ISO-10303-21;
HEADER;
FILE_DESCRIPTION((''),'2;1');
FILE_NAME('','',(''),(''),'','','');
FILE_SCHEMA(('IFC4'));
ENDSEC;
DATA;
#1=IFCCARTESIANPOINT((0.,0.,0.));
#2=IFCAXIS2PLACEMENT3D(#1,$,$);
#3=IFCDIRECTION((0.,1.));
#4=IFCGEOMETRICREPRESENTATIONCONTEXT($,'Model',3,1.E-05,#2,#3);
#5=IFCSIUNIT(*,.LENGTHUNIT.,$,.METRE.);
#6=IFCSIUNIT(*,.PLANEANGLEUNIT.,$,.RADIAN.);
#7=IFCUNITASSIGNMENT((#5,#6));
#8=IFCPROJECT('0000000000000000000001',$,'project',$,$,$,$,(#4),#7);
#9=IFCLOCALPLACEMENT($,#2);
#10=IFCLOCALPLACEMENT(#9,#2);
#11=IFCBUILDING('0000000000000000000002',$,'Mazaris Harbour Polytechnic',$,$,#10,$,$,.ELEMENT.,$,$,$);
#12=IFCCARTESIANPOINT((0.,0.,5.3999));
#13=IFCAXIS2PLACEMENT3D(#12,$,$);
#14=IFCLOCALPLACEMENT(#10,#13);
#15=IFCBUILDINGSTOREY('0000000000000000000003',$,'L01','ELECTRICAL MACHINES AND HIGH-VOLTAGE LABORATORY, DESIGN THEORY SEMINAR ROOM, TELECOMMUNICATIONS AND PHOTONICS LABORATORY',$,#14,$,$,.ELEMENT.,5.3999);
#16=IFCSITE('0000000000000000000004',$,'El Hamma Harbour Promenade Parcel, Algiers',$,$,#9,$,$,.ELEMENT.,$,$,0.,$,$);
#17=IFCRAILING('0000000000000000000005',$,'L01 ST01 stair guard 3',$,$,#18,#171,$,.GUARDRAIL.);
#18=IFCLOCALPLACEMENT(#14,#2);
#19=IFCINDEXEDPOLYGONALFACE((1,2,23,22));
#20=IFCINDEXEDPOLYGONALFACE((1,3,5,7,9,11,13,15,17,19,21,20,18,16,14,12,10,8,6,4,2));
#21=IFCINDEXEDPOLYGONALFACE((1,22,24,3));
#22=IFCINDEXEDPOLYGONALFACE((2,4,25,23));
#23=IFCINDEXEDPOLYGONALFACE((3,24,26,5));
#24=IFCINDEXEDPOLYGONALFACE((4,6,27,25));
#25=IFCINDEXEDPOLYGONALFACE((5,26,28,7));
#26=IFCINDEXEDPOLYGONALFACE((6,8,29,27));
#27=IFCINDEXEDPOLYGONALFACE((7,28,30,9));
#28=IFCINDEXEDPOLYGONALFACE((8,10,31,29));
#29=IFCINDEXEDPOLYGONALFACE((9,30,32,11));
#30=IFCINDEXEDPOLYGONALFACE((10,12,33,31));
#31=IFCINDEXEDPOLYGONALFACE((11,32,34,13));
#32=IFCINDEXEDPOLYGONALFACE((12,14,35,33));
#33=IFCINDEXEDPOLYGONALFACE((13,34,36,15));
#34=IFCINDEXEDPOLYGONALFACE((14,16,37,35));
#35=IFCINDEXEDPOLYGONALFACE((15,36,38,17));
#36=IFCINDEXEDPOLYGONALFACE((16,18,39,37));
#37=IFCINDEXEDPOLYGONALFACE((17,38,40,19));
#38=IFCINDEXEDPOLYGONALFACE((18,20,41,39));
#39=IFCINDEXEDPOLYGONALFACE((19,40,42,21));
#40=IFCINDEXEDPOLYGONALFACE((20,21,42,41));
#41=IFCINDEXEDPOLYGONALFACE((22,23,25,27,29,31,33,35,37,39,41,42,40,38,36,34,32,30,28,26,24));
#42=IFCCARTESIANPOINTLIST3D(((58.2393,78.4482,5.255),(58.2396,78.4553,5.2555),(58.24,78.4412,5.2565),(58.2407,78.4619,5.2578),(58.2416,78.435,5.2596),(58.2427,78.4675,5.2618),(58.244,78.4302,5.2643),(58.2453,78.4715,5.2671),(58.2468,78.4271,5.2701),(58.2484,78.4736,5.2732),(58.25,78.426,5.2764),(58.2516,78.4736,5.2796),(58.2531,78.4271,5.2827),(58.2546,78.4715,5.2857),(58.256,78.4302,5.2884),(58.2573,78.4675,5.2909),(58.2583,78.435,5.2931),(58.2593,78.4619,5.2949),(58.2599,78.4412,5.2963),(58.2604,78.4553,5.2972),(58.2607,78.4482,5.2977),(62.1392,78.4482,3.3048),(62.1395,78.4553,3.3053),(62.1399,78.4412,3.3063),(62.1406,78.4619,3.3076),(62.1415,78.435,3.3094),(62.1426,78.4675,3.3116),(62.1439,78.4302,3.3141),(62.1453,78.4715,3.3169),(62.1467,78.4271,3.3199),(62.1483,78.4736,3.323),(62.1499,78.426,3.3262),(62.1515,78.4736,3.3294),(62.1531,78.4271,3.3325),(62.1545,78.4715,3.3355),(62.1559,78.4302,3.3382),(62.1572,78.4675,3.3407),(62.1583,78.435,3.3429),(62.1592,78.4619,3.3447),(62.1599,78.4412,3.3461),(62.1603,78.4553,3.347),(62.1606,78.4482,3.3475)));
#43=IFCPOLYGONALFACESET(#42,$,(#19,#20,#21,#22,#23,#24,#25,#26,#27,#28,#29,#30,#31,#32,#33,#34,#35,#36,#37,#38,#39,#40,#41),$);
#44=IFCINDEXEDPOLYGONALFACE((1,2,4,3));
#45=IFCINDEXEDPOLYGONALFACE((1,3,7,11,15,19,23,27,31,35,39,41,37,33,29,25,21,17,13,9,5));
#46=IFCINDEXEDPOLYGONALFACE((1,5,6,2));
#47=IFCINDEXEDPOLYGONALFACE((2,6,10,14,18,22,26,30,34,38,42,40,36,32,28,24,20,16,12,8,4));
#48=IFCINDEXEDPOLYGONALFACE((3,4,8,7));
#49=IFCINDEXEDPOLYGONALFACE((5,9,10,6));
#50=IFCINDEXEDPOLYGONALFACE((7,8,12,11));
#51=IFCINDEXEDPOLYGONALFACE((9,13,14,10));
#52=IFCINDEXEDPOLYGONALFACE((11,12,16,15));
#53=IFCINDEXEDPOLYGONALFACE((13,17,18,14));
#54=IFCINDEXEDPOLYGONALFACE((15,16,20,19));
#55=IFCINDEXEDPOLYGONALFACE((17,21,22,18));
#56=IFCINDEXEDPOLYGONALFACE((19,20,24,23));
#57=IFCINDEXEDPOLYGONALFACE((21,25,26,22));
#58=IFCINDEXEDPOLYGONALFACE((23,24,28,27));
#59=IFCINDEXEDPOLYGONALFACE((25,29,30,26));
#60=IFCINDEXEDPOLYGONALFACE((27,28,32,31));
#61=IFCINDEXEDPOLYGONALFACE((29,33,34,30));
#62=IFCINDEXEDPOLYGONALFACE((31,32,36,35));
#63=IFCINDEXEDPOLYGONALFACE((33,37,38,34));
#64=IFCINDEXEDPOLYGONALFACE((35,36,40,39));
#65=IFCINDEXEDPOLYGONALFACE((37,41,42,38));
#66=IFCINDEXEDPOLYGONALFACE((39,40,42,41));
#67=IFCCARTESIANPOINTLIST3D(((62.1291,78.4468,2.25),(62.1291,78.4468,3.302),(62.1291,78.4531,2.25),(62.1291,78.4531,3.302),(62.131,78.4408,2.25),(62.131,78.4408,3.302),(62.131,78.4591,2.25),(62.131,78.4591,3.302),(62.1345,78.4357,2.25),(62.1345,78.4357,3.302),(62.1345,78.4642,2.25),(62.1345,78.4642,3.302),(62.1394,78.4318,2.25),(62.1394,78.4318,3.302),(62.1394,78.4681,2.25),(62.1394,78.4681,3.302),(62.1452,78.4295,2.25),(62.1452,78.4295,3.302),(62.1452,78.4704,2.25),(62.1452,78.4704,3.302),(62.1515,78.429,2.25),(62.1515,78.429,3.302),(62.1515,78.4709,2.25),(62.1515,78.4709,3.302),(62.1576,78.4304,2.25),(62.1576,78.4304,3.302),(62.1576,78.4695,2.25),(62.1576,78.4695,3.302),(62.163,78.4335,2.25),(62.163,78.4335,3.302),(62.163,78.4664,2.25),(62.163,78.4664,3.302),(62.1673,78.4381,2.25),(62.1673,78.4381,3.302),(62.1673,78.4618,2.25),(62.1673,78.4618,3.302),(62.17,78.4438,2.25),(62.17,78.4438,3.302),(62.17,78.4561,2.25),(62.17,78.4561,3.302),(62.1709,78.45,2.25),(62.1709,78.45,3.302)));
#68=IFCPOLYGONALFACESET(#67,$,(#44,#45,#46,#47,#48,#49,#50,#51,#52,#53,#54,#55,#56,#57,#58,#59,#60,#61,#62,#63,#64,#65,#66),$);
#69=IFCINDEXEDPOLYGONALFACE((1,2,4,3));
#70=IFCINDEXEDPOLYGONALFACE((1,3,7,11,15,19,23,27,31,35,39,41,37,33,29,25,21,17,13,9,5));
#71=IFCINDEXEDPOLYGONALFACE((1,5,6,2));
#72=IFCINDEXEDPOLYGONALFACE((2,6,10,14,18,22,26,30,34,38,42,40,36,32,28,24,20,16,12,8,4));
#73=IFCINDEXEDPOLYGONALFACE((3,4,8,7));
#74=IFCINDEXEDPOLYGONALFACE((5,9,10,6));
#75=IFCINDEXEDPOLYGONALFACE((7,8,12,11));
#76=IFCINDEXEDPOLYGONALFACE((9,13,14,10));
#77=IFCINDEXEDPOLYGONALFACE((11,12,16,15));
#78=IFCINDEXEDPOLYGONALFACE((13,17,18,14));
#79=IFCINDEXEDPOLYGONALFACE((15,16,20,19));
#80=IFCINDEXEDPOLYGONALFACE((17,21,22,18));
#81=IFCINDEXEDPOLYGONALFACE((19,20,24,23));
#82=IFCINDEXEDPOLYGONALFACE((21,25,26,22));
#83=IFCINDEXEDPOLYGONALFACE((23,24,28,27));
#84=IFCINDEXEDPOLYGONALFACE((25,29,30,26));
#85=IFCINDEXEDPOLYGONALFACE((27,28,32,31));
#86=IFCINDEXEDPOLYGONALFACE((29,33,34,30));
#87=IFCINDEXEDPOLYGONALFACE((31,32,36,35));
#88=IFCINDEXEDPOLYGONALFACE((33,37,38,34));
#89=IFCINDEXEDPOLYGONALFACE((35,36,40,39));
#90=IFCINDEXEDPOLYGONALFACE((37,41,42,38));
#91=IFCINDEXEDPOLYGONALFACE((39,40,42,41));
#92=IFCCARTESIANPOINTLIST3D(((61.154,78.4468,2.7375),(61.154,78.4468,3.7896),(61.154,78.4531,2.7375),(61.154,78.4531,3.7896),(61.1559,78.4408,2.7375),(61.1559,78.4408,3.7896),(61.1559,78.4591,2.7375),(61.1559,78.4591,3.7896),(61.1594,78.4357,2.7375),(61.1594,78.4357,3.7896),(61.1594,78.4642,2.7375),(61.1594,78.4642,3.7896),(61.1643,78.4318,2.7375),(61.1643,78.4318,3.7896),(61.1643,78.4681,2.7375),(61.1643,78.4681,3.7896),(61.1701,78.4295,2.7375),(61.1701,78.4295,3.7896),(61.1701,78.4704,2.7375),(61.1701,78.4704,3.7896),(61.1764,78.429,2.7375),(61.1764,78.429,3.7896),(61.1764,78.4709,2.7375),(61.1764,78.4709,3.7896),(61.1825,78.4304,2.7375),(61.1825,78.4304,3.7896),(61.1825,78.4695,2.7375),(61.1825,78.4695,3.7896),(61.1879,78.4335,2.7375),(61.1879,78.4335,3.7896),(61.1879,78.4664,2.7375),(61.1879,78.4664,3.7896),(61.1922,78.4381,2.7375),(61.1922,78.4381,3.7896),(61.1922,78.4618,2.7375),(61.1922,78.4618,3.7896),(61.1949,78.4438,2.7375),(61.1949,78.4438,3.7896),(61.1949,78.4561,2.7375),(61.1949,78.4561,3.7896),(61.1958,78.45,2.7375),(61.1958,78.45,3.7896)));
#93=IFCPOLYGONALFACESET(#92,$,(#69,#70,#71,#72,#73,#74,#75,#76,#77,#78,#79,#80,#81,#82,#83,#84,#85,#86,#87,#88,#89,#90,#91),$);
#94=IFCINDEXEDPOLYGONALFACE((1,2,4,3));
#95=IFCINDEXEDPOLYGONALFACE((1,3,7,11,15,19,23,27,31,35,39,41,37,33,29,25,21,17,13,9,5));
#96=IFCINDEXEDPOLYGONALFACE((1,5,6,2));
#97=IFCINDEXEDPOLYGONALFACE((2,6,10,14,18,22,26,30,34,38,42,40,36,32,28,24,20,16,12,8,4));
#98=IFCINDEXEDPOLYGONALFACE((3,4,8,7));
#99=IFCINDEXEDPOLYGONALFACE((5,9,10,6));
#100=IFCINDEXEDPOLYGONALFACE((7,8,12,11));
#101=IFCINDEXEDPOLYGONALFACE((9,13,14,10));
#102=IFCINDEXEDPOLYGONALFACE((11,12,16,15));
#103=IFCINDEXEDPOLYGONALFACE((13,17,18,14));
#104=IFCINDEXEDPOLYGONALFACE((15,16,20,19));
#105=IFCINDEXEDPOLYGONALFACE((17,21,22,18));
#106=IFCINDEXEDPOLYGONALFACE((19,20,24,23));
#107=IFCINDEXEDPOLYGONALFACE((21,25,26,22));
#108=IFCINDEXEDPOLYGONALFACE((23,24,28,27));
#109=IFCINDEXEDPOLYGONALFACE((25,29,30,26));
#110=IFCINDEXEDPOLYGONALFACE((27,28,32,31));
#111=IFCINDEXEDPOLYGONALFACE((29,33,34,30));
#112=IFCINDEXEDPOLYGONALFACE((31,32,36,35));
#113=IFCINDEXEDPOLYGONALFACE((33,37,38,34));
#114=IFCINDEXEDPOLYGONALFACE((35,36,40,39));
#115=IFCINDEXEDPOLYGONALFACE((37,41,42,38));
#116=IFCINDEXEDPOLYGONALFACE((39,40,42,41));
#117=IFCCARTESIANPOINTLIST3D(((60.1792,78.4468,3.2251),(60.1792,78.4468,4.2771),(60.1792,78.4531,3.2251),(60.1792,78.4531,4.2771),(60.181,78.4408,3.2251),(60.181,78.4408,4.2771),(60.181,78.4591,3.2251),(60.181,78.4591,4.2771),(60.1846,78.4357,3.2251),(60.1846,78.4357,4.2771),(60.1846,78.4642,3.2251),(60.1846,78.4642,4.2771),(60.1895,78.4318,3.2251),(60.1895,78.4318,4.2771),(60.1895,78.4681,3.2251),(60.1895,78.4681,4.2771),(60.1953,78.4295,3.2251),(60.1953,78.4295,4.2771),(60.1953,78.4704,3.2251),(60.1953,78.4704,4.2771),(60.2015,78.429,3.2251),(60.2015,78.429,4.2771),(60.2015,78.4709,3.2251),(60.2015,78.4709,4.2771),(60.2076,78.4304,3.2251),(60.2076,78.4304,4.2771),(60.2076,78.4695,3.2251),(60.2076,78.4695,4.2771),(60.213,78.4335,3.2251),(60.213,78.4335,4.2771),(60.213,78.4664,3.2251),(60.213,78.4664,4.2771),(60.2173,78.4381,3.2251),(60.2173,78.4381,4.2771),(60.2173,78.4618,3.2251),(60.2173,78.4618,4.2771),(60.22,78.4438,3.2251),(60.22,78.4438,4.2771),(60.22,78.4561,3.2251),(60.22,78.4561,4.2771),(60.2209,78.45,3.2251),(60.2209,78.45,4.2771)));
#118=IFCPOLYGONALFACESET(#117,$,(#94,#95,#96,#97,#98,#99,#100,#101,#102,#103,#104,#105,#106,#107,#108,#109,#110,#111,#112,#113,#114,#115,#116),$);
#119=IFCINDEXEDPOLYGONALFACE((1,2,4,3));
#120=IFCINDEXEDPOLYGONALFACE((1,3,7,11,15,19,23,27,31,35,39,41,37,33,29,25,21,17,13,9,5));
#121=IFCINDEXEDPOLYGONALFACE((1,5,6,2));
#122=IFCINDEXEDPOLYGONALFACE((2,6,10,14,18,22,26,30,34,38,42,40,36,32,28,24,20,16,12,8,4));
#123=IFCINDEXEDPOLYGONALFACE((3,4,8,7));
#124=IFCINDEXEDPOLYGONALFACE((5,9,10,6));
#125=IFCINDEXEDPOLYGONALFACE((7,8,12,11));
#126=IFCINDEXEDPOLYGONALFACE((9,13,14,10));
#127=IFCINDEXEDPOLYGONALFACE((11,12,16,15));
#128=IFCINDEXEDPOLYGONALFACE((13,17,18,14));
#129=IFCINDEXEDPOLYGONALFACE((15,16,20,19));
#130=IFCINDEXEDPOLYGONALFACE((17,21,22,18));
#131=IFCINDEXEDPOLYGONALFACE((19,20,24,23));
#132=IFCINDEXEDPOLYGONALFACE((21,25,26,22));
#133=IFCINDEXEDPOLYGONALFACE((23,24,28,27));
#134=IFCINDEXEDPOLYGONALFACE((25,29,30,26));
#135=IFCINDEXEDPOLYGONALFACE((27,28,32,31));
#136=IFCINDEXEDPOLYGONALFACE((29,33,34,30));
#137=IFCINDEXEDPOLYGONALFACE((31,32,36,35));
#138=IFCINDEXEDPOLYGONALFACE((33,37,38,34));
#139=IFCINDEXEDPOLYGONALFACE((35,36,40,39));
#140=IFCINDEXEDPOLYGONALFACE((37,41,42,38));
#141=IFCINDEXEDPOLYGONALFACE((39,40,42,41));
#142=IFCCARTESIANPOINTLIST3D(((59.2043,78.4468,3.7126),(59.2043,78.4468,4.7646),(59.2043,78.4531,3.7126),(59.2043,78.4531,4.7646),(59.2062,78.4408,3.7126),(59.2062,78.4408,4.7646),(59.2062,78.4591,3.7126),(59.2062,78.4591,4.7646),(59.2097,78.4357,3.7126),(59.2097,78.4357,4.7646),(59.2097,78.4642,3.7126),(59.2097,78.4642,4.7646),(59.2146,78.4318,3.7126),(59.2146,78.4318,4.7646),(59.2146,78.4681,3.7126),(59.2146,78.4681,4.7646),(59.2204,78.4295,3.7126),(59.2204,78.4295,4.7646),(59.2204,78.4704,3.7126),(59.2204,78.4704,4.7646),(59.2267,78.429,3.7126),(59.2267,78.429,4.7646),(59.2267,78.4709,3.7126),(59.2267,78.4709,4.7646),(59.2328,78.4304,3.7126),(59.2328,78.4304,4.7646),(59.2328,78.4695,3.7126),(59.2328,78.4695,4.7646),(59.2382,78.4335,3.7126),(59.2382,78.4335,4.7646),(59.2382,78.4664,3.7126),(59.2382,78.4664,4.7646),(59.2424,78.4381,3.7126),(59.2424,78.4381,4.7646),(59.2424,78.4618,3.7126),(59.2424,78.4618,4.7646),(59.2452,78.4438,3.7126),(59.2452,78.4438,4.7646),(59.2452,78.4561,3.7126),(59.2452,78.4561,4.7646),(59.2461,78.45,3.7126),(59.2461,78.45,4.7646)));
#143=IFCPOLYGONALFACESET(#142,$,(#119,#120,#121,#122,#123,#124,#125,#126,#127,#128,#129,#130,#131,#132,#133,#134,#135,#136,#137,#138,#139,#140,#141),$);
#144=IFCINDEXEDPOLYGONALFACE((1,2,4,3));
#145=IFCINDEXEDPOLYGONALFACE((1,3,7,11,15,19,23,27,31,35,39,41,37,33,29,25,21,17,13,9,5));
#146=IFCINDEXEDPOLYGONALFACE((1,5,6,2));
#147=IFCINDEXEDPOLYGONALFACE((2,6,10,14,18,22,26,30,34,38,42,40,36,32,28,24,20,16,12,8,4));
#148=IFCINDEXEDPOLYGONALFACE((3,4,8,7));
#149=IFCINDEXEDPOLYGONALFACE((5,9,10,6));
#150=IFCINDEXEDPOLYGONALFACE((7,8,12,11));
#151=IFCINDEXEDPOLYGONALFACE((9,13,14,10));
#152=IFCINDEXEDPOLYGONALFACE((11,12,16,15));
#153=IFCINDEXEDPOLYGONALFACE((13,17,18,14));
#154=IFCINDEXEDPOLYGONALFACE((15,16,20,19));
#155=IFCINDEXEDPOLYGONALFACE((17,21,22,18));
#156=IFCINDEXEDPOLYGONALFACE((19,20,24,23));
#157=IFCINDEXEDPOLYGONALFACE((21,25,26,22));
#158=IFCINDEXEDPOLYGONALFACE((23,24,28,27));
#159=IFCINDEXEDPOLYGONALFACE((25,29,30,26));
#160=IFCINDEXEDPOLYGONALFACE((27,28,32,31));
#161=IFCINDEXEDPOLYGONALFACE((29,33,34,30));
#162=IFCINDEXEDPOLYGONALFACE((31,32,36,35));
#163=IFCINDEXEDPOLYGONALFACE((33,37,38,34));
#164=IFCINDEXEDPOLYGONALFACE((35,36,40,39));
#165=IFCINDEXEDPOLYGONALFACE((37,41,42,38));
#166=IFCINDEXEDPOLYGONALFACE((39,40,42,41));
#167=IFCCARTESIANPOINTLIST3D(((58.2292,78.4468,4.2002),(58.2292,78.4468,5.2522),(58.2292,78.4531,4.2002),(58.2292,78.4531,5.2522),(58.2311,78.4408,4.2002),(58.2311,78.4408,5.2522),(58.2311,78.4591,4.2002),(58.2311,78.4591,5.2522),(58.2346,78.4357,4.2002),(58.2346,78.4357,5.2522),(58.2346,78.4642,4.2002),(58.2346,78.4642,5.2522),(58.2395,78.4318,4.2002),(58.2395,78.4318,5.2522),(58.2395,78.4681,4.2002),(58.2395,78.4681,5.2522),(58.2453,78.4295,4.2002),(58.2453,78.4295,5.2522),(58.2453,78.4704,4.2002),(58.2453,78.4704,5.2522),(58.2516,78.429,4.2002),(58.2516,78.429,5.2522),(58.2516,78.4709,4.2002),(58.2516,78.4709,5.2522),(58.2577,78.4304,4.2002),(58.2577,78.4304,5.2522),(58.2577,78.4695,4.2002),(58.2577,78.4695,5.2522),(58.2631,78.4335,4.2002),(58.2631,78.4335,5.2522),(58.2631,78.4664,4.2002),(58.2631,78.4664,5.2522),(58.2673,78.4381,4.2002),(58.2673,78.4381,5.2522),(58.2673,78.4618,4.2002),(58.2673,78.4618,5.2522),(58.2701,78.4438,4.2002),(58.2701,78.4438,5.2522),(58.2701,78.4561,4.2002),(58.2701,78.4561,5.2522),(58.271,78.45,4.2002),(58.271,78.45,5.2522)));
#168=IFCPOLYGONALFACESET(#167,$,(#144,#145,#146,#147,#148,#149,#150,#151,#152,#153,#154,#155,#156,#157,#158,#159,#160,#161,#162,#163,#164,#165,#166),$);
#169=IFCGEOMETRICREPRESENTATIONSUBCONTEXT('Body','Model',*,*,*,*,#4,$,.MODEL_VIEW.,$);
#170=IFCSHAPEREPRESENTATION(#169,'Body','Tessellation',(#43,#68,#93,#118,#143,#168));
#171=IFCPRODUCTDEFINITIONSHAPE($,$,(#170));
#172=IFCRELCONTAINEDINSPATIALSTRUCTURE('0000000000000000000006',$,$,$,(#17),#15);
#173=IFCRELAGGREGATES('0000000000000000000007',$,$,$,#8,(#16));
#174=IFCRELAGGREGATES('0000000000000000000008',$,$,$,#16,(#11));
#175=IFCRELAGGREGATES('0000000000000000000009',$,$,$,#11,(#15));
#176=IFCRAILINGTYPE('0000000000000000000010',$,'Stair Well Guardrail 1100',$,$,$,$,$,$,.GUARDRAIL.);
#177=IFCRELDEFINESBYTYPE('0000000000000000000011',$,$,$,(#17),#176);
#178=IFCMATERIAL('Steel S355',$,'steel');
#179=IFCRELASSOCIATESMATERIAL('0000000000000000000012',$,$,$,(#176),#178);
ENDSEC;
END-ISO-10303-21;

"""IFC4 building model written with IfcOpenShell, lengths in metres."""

from ifc_helpers import new_model, si_unit, direction, frame, origin, origin_2d, place, context, subcontext, project, spatial, circle, extrude, material, type_object, element, save


model = new_model("IFC4")

# Units and contexts
model_context = context("Model", 3, precision=1e-05, world=origin(), true_north=direction((0.0, 1.0)))
body_context = subcontext(model_context, "Body", "Model", "MODEL_VIEW")
ifc_project = project(units=[si_unit("LENGTHUNIT", "METRE"), si_unit("PLANEANGLEUNIT", "RADIAN")], contexts=[model_context])

# Site, building, storey
site_placement = place(None, origin())
site = spatial("IfcSite", under=ifc_project, at=site_placement, Name="El Hamma Harbour Promenade Parcel, Algiers", CompositionType="ELEMENT", RefElevation=0.0)
building_placement = place(site_placement, origin())
building = spatial("IfcBuilding", under=site, at=building_placement, Name="Mazaris Harbour Polytechnic", CompositionType="ELEMENT")
storey_placement = place(building_placement, frame((0.0, 0.0, 5.3999)))
storey = spatial("IfcBuildingStorey", under=building, at=storey_placement, Name="L01", Description="ELECTRICAL MACHINES AND HIGH-VOLTAGE LABORATORY, DESIGN THEORY SEMINAR ROOM, TELECOMMUNICATIONS AND PHOTONICS LABORATORY", CompositionType="ELEMENT", Elevation=5.3999)

# Railing
ifc_material_1 = material(Name="Steel S355", Category="steel")
railing_type_1 = type_object("IfcRailingType", Name="Stair Well Guardrail 1100", PredefinedType="GUARDRAIL", material=ifc_material_1)
railing_1_placement = place(storey_placement, frame((62.1499, 78.45, 2.25)))
element("IfcRailing", 1, at=railing_1_placement, inside=storey, type_object=railing_type_1, Name="L01 ST01 stair guard 3", PredefinedType="GUARDRAIL", context=body_context, shape_type="SweptSolid", body=[
    extrude(circle(Radius=0.0239, at=origin_2d()), frame((0.0, 0.0, 1.0762), z_axis=(-0.894405, 0.0, 0.447258), x_axis=(0.0, -1.0, 0.0)), (0.0, 0.0, 1.0), 4.3604),
    extrude(circle(Radius=0.021, at=origin_2d()), origin(), (0.0, 0.0, 1.0), 1.052),
    extrude(circle(Radius=0.021, at=origin_2d()), frame((-0.9751, 0.0, 0.4875)), (0.0, 0.0, 1.0), 1.052),
    extrude(circle(Radius=0.021, at=origin_2d()), frame((-1.95, 0.0, 0.9751)), (0.0, 0.0, 1.0), 1.052),
    extrude(circle(Radius=0.021, at=origin_2d()), frame((-2.9248, 0.0, 1.4626)), (0.0, 0.0, 1.0), 1.052),
    extrude(circle(Radius=0.021, at=origin_2d()), frame((-3.8999, 0.0, 1.9502)), (0.0, 0.0, 1.0), 1.052),
])

save(model, "model.ifc")
